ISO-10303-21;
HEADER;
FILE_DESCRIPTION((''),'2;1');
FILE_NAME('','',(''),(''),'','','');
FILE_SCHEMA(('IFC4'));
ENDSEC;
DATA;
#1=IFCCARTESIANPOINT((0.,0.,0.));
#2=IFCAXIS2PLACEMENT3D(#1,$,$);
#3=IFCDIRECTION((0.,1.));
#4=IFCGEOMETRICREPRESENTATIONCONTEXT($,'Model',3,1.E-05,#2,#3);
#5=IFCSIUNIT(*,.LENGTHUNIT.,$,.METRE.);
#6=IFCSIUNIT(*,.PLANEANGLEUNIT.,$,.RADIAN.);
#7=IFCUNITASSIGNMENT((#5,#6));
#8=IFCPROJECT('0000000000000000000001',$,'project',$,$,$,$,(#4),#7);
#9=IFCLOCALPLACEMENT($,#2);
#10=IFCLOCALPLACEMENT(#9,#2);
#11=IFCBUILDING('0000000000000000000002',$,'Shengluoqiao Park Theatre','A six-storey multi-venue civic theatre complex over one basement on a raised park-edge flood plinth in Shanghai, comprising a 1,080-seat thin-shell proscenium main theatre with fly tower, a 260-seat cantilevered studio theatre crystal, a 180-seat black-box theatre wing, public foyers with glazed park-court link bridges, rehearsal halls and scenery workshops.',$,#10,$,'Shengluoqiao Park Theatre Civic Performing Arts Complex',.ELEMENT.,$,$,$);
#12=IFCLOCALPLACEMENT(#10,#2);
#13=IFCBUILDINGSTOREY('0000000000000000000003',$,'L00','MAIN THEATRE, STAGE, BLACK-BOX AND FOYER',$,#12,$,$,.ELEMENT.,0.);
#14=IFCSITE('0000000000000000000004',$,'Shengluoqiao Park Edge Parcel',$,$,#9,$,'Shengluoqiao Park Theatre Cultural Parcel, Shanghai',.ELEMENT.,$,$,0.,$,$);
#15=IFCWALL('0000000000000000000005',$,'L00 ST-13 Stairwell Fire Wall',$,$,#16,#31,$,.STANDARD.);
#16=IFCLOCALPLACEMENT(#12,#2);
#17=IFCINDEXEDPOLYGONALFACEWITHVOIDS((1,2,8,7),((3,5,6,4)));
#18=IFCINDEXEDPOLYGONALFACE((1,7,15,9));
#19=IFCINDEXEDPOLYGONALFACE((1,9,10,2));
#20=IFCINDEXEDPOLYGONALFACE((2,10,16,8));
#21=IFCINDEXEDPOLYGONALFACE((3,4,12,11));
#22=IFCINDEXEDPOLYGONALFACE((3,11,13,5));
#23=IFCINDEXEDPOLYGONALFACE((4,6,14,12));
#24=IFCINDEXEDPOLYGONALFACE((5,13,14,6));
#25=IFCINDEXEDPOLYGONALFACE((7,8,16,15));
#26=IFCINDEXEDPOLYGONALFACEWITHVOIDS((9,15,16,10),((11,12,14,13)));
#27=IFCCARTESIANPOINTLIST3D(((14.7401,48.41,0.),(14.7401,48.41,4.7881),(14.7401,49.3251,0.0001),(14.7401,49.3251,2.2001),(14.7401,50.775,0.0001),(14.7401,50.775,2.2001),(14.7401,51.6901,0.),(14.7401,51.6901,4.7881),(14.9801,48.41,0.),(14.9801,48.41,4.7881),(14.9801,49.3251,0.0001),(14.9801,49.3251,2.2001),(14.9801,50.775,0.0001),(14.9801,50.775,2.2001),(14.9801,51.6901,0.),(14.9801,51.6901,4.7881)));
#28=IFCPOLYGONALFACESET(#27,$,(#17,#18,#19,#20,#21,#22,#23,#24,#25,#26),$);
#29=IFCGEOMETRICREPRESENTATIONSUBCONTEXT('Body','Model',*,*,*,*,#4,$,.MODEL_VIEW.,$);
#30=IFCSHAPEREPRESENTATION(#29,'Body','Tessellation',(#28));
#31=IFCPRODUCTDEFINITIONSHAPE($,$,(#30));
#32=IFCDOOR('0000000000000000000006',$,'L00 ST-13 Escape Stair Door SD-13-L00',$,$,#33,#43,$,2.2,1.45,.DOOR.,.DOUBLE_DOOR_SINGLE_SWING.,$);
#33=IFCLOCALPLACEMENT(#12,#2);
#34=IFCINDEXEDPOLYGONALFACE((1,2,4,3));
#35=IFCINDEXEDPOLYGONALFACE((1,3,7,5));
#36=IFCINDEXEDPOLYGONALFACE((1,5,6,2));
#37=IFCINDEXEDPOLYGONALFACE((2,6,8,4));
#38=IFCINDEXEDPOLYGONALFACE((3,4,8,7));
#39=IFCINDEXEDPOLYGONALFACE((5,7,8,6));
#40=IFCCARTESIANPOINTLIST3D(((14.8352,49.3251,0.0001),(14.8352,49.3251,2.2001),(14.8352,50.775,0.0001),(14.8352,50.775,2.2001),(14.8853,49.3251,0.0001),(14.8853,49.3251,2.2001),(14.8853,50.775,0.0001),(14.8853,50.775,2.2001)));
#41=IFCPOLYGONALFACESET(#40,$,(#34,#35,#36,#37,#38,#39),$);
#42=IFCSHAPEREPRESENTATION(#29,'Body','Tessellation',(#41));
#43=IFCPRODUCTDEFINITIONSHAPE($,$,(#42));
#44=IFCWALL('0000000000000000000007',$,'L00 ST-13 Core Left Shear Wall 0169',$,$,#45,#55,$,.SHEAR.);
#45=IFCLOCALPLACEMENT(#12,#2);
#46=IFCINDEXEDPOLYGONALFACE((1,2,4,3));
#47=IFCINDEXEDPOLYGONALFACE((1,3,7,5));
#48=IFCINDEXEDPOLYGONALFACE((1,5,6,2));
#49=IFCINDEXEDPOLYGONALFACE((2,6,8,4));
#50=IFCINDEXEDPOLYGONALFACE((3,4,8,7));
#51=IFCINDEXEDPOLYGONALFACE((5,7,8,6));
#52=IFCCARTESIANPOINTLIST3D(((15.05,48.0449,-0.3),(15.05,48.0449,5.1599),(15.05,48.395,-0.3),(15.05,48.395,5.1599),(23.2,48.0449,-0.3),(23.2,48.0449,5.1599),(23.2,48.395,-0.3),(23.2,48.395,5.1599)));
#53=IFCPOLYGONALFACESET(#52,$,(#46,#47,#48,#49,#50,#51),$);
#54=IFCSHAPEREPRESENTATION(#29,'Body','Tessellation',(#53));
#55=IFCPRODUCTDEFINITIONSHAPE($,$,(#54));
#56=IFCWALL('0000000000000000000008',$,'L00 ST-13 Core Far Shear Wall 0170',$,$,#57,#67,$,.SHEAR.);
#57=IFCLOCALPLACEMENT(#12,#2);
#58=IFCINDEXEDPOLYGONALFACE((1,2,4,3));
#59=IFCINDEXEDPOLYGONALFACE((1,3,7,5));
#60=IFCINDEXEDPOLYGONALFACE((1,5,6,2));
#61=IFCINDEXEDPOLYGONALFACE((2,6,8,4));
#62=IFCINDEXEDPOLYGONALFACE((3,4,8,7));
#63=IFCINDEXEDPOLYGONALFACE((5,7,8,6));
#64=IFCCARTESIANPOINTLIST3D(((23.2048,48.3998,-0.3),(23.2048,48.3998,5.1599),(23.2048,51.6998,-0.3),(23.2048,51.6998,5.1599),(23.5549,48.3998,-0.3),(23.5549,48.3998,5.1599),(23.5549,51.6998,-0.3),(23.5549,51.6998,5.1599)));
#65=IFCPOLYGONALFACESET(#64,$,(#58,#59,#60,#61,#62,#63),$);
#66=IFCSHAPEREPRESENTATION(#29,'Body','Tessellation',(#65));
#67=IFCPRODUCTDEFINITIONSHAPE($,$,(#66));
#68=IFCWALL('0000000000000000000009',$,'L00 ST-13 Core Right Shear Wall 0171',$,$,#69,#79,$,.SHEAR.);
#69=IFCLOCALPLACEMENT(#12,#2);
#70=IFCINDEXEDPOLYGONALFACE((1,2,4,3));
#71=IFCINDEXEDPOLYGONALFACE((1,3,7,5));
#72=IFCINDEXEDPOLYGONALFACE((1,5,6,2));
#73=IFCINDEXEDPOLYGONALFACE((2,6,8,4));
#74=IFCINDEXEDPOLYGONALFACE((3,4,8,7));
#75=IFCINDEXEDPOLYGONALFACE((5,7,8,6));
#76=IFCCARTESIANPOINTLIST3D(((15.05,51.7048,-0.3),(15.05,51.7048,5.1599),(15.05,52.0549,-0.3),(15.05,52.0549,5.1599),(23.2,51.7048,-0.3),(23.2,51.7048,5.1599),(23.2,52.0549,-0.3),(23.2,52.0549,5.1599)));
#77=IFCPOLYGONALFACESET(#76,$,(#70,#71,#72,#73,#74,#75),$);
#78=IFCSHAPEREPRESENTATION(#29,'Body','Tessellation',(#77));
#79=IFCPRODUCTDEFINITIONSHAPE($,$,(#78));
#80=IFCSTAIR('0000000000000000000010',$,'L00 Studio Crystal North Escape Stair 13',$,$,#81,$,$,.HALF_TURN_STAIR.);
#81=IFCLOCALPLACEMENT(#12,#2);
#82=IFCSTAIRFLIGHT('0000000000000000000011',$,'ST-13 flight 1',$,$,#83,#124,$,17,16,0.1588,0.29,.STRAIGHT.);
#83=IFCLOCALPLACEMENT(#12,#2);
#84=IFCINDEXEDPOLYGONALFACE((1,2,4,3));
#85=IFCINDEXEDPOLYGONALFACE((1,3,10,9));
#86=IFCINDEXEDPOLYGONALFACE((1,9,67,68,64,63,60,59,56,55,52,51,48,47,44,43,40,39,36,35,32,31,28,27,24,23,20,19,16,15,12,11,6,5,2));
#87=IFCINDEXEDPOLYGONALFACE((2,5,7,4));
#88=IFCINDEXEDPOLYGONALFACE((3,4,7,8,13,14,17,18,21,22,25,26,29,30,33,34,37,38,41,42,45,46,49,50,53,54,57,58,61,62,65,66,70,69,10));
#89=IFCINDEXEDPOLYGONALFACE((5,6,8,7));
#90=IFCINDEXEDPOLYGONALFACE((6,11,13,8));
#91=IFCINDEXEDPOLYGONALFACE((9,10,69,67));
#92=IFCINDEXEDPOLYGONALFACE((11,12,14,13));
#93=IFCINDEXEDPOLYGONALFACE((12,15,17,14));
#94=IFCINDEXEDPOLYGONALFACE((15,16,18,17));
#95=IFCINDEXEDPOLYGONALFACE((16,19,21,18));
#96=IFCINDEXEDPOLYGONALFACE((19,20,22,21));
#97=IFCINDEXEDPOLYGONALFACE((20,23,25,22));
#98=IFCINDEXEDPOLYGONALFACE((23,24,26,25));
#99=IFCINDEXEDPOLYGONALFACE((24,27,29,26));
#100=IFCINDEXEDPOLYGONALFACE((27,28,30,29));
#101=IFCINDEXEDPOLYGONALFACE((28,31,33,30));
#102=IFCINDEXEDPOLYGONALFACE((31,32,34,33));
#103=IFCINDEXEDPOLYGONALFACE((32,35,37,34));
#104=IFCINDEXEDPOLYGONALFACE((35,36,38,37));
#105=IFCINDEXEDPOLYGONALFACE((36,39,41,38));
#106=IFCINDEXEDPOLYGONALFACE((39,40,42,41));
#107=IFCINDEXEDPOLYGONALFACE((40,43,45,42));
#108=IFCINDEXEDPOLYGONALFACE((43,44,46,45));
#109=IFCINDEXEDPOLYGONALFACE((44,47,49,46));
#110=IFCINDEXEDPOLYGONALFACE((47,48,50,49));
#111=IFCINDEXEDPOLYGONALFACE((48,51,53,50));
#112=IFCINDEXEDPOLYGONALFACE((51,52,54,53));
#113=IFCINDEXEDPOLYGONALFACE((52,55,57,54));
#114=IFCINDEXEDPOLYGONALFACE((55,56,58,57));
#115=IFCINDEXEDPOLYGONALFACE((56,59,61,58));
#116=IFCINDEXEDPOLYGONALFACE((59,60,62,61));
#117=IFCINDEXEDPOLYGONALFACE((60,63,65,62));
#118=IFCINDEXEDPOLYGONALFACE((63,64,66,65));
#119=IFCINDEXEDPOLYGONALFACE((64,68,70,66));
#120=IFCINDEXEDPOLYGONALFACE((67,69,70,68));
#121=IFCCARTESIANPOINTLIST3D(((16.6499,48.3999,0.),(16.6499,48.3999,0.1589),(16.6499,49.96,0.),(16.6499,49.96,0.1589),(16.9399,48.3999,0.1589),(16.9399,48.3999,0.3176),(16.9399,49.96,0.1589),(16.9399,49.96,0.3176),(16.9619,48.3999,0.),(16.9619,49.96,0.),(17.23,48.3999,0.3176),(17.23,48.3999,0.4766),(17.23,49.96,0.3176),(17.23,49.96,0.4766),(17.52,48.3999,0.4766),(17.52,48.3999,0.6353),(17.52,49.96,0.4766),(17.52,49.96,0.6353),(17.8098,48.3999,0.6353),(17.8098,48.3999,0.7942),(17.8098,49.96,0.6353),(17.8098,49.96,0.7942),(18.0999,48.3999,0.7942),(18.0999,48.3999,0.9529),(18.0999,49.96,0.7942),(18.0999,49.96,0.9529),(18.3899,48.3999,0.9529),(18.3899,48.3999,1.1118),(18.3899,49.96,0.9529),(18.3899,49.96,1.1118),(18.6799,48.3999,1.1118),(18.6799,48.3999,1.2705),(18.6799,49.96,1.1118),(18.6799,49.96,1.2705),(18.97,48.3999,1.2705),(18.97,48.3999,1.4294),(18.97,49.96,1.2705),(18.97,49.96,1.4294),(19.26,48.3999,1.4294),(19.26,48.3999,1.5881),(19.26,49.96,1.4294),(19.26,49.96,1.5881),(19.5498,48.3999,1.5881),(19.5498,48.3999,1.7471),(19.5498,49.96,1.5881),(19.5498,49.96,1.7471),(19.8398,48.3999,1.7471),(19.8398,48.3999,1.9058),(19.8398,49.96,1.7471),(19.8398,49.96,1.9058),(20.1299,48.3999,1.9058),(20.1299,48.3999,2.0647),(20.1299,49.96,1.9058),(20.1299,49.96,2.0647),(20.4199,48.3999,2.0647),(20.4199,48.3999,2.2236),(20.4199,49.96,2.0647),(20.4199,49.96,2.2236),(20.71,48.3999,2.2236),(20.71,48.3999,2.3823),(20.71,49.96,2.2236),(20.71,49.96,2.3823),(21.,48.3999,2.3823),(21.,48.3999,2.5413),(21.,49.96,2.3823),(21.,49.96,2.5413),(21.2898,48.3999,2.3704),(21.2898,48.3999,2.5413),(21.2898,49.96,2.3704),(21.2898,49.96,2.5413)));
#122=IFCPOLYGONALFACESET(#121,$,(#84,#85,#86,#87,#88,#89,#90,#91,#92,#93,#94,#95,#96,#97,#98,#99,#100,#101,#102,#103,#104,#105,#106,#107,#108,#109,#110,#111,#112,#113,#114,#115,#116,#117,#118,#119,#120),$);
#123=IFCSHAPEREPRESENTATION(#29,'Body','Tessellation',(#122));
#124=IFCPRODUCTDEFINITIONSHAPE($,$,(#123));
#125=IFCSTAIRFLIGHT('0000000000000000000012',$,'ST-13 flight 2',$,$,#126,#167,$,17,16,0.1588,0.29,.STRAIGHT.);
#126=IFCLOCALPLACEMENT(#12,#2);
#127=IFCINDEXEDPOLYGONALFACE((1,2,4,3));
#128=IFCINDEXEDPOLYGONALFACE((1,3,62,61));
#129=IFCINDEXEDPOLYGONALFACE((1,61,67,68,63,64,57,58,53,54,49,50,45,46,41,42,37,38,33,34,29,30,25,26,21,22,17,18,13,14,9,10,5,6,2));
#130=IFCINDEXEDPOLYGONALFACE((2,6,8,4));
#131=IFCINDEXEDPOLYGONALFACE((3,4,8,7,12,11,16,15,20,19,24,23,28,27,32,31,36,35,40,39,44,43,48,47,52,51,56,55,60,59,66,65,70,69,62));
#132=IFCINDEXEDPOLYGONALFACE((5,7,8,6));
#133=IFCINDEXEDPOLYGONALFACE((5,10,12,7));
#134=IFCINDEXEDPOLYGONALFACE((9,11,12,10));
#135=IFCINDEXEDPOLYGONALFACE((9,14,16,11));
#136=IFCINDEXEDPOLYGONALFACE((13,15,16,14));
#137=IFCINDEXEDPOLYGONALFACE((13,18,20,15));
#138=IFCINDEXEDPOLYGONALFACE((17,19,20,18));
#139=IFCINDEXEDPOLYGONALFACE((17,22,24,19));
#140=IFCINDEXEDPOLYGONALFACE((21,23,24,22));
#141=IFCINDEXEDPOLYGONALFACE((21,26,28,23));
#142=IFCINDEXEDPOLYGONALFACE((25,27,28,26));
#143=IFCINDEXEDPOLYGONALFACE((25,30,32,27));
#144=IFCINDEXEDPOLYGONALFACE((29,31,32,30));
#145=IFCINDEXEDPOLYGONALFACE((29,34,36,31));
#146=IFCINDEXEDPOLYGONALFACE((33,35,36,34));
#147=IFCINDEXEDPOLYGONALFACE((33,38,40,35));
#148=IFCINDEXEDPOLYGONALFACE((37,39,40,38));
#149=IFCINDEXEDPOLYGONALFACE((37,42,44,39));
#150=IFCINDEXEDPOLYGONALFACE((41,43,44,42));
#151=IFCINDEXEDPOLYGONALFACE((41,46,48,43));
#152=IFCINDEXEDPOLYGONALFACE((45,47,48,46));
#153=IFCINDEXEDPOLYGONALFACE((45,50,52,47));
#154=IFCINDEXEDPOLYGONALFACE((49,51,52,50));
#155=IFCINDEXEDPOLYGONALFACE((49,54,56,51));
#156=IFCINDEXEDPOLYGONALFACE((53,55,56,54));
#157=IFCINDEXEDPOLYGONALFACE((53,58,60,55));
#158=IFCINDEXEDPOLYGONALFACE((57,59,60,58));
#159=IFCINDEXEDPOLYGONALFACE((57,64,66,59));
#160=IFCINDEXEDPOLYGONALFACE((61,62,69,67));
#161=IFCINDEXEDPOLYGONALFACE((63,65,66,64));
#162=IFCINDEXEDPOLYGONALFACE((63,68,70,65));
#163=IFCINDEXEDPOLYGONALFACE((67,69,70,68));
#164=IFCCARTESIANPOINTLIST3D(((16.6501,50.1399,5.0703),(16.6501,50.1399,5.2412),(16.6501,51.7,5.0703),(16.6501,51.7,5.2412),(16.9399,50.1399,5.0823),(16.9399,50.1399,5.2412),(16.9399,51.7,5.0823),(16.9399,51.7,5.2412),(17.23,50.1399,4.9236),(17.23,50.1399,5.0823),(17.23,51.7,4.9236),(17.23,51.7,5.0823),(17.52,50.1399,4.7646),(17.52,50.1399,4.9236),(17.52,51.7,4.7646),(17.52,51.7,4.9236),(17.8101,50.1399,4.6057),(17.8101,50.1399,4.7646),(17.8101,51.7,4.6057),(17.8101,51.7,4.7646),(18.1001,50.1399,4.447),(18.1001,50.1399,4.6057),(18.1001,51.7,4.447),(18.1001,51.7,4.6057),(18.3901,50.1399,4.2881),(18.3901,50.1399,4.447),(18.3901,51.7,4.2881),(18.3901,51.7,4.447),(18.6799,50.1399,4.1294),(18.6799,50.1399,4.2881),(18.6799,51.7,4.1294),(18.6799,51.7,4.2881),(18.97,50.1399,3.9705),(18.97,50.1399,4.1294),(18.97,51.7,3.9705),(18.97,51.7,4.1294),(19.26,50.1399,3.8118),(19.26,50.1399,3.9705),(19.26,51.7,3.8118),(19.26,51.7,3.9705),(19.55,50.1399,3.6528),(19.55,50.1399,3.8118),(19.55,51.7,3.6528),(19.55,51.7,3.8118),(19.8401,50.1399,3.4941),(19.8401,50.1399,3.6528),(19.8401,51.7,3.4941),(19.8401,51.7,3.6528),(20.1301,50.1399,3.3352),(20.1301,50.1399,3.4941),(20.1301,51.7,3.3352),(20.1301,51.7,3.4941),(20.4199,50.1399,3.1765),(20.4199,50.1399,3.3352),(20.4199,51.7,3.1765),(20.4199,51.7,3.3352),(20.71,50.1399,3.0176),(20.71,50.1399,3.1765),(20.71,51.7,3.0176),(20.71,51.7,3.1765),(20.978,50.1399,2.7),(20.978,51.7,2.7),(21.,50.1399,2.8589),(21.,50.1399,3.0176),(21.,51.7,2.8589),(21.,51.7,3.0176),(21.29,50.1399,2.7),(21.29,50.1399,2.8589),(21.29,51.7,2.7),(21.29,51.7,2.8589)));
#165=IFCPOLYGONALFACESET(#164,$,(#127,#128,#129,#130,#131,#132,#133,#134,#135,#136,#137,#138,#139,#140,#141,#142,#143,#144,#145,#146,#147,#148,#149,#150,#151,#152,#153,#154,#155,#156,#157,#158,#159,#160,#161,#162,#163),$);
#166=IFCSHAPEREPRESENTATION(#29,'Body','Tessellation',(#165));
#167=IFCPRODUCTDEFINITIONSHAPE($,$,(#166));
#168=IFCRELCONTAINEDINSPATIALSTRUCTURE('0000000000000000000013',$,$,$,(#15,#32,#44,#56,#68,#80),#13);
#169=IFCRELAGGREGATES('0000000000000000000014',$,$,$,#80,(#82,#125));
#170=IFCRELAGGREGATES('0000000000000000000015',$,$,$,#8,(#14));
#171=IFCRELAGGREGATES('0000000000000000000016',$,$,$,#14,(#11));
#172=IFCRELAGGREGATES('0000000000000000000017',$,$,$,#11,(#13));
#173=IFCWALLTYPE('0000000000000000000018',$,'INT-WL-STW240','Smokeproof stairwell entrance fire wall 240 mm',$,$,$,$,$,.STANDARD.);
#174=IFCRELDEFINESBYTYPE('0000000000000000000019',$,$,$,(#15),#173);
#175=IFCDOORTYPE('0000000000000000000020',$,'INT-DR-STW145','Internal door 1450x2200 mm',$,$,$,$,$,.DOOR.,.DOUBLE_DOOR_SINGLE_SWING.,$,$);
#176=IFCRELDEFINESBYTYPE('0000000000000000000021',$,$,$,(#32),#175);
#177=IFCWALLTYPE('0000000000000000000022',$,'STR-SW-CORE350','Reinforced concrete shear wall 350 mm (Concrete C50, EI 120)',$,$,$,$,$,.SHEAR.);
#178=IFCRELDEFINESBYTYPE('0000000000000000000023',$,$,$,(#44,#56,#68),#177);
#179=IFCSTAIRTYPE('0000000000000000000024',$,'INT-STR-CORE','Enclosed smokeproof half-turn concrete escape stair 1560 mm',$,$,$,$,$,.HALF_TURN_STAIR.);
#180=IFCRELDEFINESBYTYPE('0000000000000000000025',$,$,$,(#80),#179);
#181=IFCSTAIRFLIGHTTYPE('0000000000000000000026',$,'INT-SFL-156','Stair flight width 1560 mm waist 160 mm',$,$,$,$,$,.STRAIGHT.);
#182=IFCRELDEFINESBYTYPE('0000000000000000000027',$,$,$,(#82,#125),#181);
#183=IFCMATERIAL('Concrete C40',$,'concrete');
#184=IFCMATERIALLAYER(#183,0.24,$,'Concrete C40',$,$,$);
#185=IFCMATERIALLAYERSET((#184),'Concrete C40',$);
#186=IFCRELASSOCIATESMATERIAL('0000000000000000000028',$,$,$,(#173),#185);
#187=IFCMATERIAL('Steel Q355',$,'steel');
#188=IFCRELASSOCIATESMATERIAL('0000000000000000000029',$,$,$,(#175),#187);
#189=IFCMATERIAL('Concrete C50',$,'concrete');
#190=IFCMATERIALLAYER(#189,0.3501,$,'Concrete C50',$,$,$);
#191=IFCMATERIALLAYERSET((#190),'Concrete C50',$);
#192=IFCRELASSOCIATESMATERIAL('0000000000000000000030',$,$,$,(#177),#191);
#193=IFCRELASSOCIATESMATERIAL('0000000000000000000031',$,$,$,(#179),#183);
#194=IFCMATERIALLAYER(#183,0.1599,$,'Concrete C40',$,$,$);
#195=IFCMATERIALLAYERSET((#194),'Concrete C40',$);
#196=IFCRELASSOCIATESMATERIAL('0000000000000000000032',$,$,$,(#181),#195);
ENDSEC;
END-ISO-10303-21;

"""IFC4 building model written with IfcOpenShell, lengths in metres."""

from ifc_helpers import new_model, si_unit, direction, frame, frame_2d, origin, place, context, subcontext, project, spatial, polyline, rectangle, outline, extrude, material, layer, layer_set, type_object, element, fill, aggregate, save


model = new_model("IFC4")

# Units and contexts
model_context = context("Model", 3, precision=1e-05, world=origin(), true_north=direction((0.0, 1.0)))
body_context = subcontext(model_context, "Body", "Model", "MODEL_VIEW")
ifc_project = project(units=[si_unit("LENGTHUNIT", "METRE"), si_unit("PLANEANGLEUNIT", "RADIAN")], contexts=[model_context])

# Site, building, storey
site_placement = place(None, origin())
site = spatial("IfcSite", under=ifc_project, at=site_placement, Name="Shengluoqiao Park Edge Parcel", LongName="Shengluoqiao Park Theatre Cultural Parcel, Shanghai", CompositionType="ELEMENT", RefElevation=0.0)
building_placement = place(site_placement, origin())
building = spatial("IfcBuilding", under=site, at=building_placement, Name="Shengluoqiao Park Theatre", Description="A six-storey multi-venue civic theatre complex over one basement on a raised park-edge flood plinth in Shanghai, comprising a 1,080-seat thin-shell proscenium main theatre with fly tower, a 260-seat cantilevered studio theatre crystal, a 180-seat black-box theatre wing, public foyers with glazed park-court link bridges, rehearsal halls and scenery workshops.", LongName="Shengluoqiao Park Theatre Civic Performing Arts Complex", CompositionType="ELEMENT")
storey_placement = place(building_placement, origin())
storey = spatial("IfcBuildingStorey", under=building, at=storey_placement, Name="L00", Description="MAIN THEATRE, STAGE, BLACK-BOX AND FOYER", CompositionType="ELEMENT", Elevation=0.0)

# Shared definitions
ifc_material_1 = material(Name="Concrete C40", Category="concrete")

# Wall, opening, door
ifc_layer_1 = layer(ifc_material_1, 0.24, Name="Concrete C40")
ifc_layer_set_1 = layer_set([ifc_layer_1], Name="Concrete C40")
wall_type_1 = type_object("IfcWallType", Name="INT-WL-STW240", Description="Smokeproof stairwell entrance fire wall 240 mm", PredefinedType="STANDARD", material=ifc_layer_set_1)
wall_1_placement = place(storey_placement, frame((14.8601, 48.4099, 0.0), z_axis=(0.0, 0.0, 1.0), x_axis=(0.0, 1.0, 0.0)))
wall_1 = element("IfcWall", 1, at=wall_1_placement, inside=storey, type_object=wall_type_1, Name="L00 ST-13 Stairwell Fire Wall", PredefinedType="STANDARD", context=body_context, shape_type="SweptSolid", body=[
    extrude(rectangle(XDim=3.28, YDim=0.24, at=frame_2d((1.6401, 0.0))), origin(), (0.0, 0.0, 1.0), 4.7881),
])
opening_placement = place(wall_1_placement, frame((0.915, 0.0, 0.0)))
opening = element("IfcOpeningElement", 2, at=opening_placement, cuts=wall_1, PredefinedType="OPENING", context=body_context, shape_type="SweptSolid", body=[
    extrude(rectangle(XDim=1.45, YDim=2.2, at=frame_2d((0.7251, 1.1001))), frame((0.0, 0.1299, 0.0), z_axis=(0.0, -1.0, 0.0), x_axis=(1.0, 0.0, 0.0)), (0.0, 0.0, 1.0), 0.26),
])
ifc_material_2 = material(Name="Steel Q355", Category="steel")
door_type = type_object("IfcDoorType", Name="INT-DR-STW145", Description="Internal door 1450x2200 mm", OperationType="DOUBLE_DOOR_SINGLE_SWING", PredefinedType="DOOR", material=ifc_material_2)
door_placement = place(opening_placement, origin())
door = element("IfcDoor", 3, at=door_placement, inside=storey, type_object=door_type, Name="L00 ST-13 Escape Stair Door SD-13-L00", OperationType="DOUBLE_DOOR_SINGLE_SWING", OverallHeight=2.2, OverallWidth=1.45, PredefinedType="DOOR", context=body_context, shape_type="SweptSolid", body=[
    extrude(rectangle(XDim=1.45, YDim=2.2, at=frame_2d((0.7251, 1.1001))), frame((0.0, 0.0249, 0.0), z_axis=(0.0, -1.0, 0.0), x_axis=(1.0, 0.0, 0.0)), (0.0, 0.0, 1.0), 0.05),
])
fill(opening, door)

# Walls
ifc_material_3 = material(Name="Concrete C50", Category="concrete")
ifc_layer_2 = layer(ifc_material_3, 0.3501, Name="Concrete C50")
ifc_layer_set_2 = layer_set([ifc_layer_2], Name="Concrete C50")
wall_type_2 = type_object("IfcWallType", Name="STR-SW-CORE350", Description="Reinforced concrete shear wall 350 mm (Concrete C50, EI 120)", PredefinedType="SHEAR", material=ifc_layer_set_2)
wall_2_placement = place(storey_placement, frame((15.05, 48.22, -0.3), z_axis=(0.0, 0.0, 1.0), x_axis=(1.0, 0.0, 0.0)))
element("IfcWall", 4, at=wall_2_placement, inside=storey, type_object=wall_type_2, Name="L00 ST-13 Core Left Shear Wall 0169", PredefinedType="SHEAR", context=body_context, shape_type="SweptSolid", body=[
    extrude(rectangle(XDim=8.1499, YDim=0.3501, at=frame_2d((4.075, 0.0))), origin(), (0.0, 0.0, 1.0), 5.46),
])
wall_3_placement = place(storey_placement, frame((23.3799, 48.3999, -0.3), z_axis=(0.0, 0.0, 1.0), x_axis=(0.0, 1.0, 0.0)))
element("IfcWall", 5, at=wall_3_placement, inside=storey, type_object=wall_type_2, Name="L00 ST-13 Core Far Shear Wall 0170", PredefinedType="SHEAR", context=body_context, shape_type="SweptSolid", body=[
    extrude(rectangle(XDim=3.3, YDim=0.3501, at=frame_2d((1.6499, 0.0))), origin(), (0.0, 0.0, 1.0), 5.46),
])
wall_4_placement = place(storey_placement, frame((23.2, 51.8799, -0.3), z_axis=(0.0, 0.0, 1.0), x_axis=(-1.0, 0.0, 0.0)))
element("IfcWall", 6, at=wall_4_placement, inside=storey, type_object=wall_type_2, Name="L00 ST-13 Core Right Shear Wall 0171", PredefinedType="SHEAR", context=body_context, shape_type="SweptSolid", body=[
    extrude(rectangle(XDim=8.1499, YDim=0.3501, at=frame_2d((4.075, 0.0))), origin(), (0.0, 0.0, 1.0), 5.46),
])

# Stair, stair flights
stair_type = type_object("IfcStairType", Name="INT-STR-CORE", Description="Enclosed smokeproof half-turn concrete escape stair 1560 mm", PredefinedType="HALF_TURN_STAIR", material=ifc_material_1)
stair_placement = place(storey_placement, origin())
stair = element("IfcStair", 7, at=stair_placement, inside=storey, type_object=stair_type, Name="L00 Studio Crystal North Escape Stair 13", PredefinedType="HALF_TURN_STAIR")
ifc_layer_3 = layer(ifc_material_1, 0.1599, Name="Concrete C40")
ifc_layer_set_3 = layer_set([ifc_layer_3], Name="Concrete C40")
stair_flight_type = type_object("IfcStairFlightType", Name="INT-SFL-156", Description="Stair flight width 1560 mm waist 160 mm", PredefinedType="STRAIGHT", material=ifc_layer_set_3)
stair_flight_1_placement = place(storey_placement, frame((16.6499, 49.1799, 0.0), z_axis=(0.0, 0.0, 1.0), x_axis=(1.0, 0.0, 0.0)))
stair_flight_1 = element("IfcStairFlight", 8, at=stair_flight_1_placement, type_object=stair_flight_type, Name="ST-13 flight 1", NumberOfRisers=17, NumberOfTreads=16, PredefinedType="STRAIGHT", RiserHeight=0.1588, TreadLength=0.29, context=body_context, shape_type="SweptSolid", body=[
    extrude(outline(polyline([(0.0, 0.0), (0.0, 0.1589), (0.29, 0.1589), (0.29, 0.3176), (0.5801, 0.3176), (0.5801, 0.4766), (0.8701, 0.4766), (0.8701, 0.6353), (1.1599, 0.6353), (1.1599, 0.7942), (1.45, 0.7942), (1.45, 0.9529), (1.74, 0.9529), (1.74, 1.1118), (2.03, 1.1118), (2.03, 1.2705), (2.3201, 1.2705), (2.3201, 1.4294), (2.6101, 1.4294), (2.6101, 1.5881), (2.8999, 1.5881), (2.8999, 1.7471), (3.1899, 1.7471), (3.1899, 1.9058), (3.48, 1.9058), (3.48, 2.0647), (3.77, 2.0647), (3.77, 2.2236), (4.0601, 2.2236), (4.0601, 2.3823), (4.3501, 2.3823), (4.3501, 2.5413), (4.6399, 2.5413), (4.6399, 2.7), (4.6399, 2.3704), (0.312, 0.0), (0.0, 0.0)])), frame((0.0, 0.78, 0.0), z_axis=(0.0, -1.0, 0.0), x_axis=(1.0, 0.0, 0.0)), (0.0, 0.0, 1.0), 1.5601),
])
stair_flight_2_placement = place(storey_placement, frame((21.29, 50.9199, 2.7), z_axis=(0.0, 0.0, 1.0), x_axis=(-1.0, 0.0, 0.0)))
stair_flight_2 = element("IfcStairFlight", 9, at=stair_flight_2_placement, type_object=stair_flight_type, Name="ST-13 flight 2", NumberOfRisers=17, NumberOfTreads=16, PredefinedType="STRAIGHT", RiserHeight=0.1588, TreadLength=0.29, context=body_context, shape_type="SweptSolid", body=[
    extrude(outline(polyline([(0.0, 0.0), (0.0, 0.1589), (0.29, 0.1589), (0.29, 0.3176), (0.5801, 0.3176), (0.5801, 0.4766), (0.8701, 0.4766), (0.8701, 0.6353), (1.1599, 0.6353), (1.1599, 0.7942), (1.45, 0.7942), (1.45, 0.9529), (1.74, 0.9529), (1.74, 1.1118), (2.03, 1.1118), (2.03, 1.2705), (2.3201, 1.2705), (2.3201, 1.4294), (2.6101, 1.4294), (2.6101, 1.5881), (2.8999, 1.5881), (2.8999, 1.7471), (3.1899, 1.7471), (3.1899, 1.9058), (3.48, 1.9058), (3.48, 2.0647), (3.77, 2.0647), (3.77, 2.2236), (4.0601, 2.2236), (4.0601, 2.3823), (4.3501, 2.3823), (4.3501, 2.5413), (4.6399, 2.5413), (4.6399, 2.7), (4.6399, 2.3704), (0.312, 0.0), (0.0, 0.0)])), frame((0.0, 0.78, 0.0), z_axis=(0.0, -1.0, 0.0), x_axis=(1.0, 0.0, 0.0)), (0.0, 0.0, 1.0), 1.5601),
])
aggregate(stair, [stair_flight_1, stair_flight_2])

save(model, "model.ifc")
